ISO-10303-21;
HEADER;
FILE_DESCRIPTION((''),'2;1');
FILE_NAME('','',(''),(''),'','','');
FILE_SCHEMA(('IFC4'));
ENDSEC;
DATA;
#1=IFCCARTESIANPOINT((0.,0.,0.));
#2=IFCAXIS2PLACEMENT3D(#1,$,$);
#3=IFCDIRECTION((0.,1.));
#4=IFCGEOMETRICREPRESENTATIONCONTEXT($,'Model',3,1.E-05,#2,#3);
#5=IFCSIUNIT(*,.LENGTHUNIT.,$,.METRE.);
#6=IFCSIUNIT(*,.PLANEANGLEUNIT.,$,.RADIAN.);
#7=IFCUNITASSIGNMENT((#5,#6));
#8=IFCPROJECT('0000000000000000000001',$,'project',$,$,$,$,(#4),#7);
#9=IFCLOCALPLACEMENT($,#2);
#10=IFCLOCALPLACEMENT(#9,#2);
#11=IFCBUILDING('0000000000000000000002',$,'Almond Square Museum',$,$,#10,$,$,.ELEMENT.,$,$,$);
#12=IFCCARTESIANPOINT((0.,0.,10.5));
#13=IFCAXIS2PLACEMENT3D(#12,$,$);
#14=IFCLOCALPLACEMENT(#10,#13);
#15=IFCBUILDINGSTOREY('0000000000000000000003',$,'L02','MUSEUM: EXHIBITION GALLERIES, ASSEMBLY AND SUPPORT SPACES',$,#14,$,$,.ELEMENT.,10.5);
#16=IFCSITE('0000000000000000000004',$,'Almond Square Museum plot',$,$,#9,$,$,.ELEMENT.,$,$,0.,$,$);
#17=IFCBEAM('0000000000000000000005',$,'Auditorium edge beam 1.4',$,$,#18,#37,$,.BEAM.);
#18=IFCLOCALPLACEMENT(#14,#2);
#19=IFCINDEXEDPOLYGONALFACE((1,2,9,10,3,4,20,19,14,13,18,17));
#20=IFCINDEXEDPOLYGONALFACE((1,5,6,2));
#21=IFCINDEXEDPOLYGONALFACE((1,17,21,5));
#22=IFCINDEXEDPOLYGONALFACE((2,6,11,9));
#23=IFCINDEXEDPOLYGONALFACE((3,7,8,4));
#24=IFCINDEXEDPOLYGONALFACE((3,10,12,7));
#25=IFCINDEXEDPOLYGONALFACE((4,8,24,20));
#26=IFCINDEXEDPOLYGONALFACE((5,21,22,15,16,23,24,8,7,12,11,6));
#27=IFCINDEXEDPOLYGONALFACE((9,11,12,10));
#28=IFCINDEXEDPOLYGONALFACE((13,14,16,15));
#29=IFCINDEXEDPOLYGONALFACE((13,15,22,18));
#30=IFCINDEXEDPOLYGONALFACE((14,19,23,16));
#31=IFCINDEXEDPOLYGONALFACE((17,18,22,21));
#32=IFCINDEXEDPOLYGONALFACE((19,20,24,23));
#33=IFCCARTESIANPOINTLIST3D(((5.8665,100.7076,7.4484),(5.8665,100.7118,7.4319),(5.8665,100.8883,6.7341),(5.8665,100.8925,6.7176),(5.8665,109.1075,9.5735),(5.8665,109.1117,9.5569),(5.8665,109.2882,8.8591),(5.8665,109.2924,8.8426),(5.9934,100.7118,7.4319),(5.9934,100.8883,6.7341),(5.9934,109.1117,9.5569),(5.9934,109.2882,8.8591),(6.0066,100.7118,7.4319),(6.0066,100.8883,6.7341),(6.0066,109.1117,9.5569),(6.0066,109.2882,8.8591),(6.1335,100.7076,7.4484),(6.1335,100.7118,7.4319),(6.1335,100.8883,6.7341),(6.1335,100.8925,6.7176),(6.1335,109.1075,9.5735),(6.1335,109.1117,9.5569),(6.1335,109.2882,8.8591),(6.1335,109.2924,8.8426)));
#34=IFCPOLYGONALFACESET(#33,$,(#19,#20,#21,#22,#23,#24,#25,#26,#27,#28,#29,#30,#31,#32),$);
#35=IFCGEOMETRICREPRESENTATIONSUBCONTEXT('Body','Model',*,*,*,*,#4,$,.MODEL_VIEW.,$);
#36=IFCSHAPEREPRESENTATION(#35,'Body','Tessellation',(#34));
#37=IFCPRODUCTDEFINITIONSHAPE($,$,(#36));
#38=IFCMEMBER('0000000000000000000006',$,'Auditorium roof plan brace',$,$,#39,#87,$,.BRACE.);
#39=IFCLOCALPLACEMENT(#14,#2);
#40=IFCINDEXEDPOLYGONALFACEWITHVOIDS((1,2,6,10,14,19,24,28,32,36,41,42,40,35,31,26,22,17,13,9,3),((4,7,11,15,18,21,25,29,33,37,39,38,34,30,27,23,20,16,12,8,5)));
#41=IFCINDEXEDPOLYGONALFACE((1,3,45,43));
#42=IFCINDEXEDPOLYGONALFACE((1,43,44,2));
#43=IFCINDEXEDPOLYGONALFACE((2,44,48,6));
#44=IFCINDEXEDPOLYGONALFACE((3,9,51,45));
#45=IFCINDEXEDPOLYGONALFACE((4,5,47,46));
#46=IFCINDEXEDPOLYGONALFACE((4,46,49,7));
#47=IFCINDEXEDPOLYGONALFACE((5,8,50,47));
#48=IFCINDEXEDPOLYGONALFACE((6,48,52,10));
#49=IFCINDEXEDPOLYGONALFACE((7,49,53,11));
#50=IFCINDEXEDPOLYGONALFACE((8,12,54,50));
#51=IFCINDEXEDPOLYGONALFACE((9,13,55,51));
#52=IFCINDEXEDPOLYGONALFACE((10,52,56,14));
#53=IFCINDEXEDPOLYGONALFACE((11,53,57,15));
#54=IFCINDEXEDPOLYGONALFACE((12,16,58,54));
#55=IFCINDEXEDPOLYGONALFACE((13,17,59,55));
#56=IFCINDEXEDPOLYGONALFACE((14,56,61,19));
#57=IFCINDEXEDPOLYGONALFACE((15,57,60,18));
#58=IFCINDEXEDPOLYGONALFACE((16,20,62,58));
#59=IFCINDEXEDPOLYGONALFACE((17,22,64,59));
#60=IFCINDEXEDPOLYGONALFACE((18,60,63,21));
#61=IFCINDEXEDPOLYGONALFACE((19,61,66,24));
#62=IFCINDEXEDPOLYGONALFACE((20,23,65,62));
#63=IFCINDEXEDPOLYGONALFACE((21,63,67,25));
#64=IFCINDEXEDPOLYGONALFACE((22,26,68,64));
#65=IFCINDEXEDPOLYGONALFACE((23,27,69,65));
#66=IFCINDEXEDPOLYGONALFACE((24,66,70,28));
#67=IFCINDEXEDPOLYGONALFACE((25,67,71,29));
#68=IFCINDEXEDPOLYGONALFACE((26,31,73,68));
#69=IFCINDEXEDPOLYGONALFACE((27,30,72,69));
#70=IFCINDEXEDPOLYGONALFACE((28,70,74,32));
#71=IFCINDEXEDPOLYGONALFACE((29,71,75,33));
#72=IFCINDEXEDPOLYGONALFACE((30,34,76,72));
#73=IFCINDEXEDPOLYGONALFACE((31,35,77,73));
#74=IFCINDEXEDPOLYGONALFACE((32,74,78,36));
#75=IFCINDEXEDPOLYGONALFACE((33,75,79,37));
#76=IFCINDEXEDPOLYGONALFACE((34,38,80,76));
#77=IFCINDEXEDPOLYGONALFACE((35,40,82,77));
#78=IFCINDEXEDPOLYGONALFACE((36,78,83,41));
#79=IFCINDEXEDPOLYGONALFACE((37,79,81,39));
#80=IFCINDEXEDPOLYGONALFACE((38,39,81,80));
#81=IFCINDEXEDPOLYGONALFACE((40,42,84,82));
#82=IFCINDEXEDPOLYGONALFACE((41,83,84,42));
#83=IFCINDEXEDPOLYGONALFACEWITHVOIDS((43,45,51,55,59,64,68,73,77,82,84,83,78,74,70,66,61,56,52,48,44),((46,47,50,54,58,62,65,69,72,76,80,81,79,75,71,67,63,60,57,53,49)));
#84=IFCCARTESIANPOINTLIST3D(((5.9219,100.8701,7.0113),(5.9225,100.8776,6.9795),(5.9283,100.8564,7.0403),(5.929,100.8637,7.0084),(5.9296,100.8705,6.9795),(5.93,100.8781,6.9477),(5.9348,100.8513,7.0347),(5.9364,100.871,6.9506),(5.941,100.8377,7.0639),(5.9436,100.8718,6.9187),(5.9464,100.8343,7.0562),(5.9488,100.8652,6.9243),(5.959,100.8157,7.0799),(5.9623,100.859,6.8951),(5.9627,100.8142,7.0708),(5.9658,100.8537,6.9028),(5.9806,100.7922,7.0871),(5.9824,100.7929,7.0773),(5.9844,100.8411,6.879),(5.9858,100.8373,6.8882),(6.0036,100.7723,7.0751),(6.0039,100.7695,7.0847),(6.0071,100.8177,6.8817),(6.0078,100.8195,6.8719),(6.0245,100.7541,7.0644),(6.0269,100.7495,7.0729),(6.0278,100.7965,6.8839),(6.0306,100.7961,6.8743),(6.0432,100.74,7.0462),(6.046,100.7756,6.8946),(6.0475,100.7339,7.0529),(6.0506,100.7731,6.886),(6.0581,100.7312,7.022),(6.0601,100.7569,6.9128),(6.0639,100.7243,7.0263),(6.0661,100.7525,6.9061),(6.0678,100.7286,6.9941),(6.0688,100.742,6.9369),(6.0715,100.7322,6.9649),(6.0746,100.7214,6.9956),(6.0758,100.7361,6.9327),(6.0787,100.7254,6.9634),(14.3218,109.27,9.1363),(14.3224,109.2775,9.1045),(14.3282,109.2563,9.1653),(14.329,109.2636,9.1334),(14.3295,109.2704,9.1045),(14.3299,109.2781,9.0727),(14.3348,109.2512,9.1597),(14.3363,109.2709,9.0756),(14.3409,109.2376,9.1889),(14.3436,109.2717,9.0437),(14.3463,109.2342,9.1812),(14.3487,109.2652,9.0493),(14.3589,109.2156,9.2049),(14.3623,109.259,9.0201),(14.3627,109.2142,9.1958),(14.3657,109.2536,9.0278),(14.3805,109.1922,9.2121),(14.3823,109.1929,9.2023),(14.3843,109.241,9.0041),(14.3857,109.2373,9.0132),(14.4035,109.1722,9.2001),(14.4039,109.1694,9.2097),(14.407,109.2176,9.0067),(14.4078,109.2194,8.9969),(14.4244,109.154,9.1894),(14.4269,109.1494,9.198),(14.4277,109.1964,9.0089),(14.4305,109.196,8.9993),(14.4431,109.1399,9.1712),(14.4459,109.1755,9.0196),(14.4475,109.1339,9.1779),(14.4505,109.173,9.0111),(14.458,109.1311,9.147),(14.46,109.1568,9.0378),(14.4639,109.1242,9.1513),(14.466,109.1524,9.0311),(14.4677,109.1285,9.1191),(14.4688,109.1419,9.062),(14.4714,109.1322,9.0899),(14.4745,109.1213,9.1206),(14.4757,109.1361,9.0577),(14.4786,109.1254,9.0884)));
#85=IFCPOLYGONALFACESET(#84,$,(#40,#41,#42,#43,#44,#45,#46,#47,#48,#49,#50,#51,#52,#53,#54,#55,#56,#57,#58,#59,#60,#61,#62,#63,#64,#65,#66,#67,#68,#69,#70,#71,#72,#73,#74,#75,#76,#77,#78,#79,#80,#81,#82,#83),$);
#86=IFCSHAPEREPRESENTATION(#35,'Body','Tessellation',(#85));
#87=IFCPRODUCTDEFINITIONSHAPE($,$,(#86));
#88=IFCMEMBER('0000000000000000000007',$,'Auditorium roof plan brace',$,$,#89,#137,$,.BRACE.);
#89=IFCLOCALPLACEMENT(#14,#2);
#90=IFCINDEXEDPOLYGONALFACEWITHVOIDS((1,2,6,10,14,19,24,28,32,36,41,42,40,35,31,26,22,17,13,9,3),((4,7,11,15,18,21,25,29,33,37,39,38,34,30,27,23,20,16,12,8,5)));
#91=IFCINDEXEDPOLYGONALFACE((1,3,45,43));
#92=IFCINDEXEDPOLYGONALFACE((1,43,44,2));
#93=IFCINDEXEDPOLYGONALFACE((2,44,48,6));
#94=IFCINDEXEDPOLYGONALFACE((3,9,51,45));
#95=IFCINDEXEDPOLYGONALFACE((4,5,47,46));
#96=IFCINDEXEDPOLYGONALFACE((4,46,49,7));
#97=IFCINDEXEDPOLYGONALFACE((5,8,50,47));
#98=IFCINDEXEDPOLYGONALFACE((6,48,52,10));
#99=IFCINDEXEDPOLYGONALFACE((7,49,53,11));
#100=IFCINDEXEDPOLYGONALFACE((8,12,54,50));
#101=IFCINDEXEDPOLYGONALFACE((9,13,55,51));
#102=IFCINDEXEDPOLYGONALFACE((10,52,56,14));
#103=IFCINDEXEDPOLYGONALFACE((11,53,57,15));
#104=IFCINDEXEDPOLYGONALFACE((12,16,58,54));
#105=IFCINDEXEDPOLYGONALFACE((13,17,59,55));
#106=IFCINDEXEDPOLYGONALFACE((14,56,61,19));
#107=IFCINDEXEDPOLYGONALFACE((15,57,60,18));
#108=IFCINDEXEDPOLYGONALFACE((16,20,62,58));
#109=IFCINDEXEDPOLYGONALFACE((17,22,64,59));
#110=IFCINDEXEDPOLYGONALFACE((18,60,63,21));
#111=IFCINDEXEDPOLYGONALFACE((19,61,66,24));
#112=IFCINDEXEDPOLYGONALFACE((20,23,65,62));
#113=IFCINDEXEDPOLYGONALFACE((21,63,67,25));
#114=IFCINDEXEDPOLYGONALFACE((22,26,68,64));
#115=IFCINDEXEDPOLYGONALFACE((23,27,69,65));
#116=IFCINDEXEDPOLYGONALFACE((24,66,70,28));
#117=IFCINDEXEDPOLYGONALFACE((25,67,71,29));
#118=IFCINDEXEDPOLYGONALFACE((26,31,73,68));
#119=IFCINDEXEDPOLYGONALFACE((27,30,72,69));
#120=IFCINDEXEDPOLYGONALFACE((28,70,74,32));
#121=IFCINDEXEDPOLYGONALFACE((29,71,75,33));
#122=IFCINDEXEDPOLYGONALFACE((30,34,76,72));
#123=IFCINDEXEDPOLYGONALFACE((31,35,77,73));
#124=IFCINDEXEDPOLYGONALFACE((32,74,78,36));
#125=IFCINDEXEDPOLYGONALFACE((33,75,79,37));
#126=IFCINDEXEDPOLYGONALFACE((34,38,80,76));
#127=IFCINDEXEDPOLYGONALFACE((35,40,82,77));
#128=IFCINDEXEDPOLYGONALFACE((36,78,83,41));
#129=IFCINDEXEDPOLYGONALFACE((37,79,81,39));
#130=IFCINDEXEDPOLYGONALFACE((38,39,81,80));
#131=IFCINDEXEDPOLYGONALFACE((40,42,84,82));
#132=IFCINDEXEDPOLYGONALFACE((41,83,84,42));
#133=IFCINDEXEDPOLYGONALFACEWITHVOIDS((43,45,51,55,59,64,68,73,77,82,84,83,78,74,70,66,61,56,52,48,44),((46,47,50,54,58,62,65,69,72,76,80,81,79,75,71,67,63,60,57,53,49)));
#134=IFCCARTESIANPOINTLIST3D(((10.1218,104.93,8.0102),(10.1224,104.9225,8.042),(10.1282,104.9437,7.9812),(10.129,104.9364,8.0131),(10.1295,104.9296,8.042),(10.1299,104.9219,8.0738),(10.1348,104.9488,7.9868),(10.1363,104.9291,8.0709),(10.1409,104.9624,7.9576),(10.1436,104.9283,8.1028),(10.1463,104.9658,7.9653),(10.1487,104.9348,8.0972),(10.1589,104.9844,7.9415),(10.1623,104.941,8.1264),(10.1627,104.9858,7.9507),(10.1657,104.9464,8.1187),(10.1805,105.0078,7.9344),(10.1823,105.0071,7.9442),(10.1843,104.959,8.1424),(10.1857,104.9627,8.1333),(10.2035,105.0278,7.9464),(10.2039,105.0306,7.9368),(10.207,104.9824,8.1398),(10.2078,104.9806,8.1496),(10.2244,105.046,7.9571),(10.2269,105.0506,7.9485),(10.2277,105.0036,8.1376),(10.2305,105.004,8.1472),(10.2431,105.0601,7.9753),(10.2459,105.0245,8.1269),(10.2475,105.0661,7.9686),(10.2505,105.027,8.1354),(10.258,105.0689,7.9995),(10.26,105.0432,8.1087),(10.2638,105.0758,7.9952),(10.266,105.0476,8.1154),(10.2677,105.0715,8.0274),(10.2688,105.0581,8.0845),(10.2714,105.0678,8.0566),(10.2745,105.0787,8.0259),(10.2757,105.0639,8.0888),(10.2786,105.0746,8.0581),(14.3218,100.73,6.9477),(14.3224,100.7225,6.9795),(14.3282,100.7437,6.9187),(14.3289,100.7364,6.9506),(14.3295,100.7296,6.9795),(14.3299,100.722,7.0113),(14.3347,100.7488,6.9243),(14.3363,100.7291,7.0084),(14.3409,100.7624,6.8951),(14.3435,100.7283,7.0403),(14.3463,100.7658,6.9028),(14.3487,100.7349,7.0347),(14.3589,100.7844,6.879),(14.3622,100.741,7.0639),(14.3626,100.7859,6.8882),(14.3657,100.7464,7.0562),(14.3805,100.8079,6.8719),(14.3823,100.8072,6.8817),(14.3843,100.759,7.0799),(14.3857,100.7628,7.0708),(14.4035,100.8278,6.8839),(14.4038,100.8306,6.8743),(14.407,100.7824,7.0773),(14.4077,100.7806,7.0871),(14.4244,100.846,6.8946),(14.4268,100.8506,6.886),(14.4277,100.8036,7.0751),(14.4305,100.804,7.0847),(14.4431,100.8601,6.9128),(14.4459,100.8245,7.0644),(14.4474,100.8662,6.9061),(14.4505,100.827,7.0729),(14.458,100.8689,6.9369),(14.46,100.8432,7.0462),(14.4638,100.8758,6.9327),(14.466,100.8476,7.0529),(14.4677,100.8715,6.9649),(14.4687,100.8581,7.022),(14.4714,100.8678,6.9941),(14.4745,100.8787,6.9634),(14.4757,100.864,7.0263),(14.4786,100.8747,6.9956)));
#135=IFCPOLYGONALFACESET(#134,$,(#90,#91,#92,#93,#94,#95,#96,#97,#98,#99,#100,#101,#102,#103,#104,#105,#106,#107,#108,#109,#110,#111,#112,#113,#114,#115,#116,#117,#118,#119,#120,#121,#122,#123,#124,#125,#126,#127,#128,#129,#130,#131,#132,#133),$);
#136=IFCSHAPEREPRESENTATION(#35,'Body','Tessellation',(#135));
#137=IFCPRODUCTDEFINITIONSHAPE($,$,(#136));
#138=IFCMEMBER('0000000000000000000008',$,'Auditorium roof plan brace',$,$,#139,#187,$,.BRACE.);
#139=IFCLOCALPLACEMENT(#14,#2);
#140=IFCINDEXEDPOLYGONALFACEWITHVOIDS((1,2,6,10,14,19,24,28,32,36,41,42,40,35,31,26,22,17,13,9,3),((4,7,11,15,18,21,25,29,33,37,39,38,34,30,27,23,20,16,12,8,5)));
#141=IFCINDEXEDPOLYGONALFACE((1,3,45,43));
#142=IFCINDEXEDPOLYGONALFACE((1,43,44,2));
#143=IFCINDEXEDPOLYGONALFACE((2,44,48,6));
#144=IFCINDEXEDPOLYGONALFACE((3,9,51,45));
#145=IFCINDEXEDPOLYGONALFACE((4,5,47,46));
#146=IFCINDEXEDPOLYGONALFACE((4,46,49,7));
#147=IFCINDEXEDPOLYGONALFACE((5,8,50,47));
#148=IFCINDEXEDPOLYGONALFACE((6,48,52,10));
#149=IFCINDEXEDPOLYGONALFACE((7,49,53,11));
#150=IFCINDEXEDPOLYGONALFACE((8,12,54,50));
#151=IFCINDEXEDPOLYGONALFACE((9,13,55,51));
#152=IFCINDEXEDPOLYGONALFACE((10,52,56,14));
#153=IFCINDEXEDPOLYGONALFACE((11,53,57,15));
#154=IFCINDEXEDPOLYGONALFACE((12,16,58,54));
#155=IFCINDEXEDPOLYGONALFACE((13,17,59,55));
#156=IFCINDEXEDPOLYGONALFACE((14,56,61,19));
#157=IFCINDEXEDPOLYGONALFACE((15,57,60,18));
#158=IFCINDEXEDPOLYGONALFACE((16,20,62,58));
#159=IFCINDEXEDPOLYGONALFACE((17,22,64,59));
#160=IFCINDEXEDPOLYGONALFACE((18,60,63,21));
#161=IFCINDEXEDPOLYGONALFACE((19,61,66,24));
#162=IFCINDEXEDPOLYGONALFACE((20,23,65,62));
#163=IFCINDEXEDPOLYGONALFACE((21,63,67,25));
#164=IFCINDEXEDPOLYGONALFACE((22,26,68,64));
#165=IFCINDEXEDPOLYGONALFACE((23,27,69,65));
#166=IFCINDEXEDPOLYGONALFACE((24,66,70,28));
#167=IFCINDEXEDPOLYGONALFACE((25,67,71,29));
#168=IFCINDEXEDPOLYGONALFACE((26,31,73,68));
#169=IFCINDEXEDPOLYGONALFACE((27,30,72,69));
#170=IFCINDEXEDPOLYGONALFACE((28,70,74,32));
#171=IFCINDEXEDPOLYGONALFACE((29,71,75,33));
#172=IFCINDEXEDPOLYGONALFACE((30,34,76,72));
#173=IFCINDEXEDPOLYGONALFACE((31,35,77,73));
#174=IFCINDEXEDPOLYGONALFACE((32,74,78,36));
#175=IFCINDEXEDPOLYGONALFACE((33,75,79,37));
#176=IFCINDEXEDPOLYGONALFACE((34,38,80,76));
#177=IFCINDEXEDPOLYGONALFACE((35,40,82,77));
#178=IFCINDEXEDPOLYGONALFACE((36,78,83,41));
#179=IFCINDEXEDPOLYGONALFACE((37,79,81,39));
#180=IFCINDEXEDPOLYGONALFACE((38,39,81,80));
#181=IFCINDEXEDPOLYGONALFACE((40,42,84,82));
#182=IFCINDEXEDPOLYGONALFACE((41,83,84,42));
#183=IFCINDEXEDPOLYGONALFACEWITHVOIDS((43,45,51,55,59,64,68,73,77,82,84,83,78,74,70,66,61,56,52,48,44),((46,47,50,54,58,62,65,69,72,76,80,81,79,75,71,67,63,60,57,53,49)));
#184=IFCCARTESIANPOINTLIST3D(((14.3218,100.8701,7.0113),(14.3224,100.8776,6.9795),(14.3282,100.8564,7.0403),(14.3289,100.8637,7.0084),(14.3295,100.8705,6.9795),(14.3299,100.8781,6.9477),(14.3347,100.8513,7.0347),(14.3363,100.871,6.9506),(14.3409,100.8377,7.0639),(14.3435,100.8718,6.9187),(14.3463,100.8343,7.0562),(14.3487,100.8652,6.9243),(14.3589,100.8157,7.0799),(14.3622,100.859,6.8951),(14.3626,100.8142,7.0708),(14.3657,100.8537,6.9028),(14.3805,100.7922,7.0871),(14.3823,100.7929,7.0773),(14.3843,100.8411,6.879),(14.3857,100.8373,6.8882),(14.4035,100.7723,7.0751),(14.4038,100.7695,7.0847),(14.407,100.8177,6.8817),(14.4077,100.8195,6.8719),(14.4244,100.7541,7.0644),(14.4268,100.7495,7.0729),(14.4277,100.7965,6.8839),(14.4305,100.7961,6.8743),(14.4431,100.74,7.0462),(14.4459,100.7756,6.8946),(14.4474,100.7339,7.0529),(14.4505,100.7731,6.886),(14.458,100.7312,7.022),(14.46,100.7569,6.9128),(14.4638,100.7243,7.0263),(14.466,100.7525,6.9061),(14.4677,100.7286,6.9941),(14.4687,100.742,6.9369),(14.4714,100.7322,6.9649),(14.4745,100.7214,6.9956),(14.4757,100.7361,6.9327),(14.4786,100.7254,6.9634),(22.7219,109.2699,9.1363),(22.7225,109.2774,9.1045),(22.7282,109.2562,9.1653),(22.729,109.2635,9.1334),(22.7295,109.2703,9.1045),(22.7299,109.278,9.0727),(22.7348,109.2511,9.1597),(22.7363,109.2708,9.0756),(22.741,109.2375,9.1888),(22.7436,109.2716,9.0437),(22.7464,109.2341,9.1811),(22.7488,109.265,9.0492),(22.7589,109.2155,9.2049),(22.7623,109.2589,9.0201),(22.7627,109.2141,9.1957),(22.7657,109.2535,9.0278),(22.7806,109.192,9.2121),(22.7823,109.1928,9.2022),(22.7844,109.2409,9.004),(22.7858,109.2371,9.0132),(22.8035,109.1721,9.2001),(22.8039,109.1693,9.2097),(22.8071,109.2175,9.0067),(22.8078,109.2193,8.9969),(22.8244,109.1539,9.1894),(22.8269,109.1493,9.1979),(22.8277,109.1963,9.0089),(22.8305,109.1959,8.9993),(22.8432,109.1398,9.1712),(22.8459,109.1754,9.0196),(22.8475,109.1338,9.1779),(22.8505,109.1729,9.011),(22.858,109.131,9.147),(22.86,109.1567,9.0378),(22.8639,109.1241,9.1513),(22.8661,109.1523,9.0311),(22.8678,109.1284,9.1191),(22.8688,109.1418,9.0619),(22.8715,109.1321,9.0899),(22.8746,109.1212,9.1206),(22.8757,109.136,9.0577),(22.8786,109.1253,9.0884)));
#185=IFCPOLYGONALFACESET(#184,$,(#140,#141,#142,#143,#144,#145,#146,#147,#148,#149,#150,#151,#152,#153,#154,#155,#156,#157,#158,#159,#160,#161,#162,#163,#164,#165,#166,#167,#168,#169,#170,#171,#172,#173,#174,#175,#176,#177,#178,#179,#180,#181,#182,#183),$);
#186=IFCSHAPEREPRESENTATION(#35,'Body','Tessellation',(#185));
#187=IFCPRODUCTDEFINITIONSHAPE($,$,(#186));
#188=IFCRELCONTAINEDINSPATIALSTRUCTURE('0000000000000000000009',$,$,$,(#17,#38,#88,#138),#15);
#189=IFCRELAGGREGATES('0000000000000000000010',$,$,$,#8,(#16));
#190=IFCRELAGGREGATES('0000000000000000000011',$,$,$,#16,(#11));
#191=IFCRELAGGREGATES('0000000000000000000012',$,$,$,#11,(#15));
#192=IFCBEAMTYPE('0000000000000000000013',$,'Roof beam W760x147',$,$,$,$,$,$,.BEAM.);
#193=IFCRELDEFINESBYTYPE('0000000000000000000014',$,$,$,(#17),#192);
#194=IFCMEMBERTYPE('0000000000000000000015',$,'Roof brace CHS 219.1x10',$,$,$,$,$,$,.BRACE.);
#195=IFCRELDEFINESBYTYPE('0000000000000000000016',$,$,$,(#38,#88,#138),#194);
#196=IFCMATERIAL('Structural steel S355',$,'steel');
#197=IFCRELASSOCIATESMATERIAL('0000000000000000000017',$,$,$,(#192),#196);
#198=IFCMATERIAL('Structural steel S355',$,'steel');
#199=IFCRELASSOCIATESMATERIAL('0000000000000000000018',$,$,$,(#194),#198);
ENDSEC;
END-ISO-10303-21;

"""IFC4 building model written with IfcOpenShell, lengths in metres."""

from ifc_helpers import new_model, si_unit, direction, frame, origin, origin_2d, place, context, subcontext, project, spatial, hollow_circle, i_section, extrude, material, material_profile, profile_set, type_object, element, save


model = new_model("IFC4")

# Units and contexts
model_context = context("Model", 3, precision=1e-05, world=origin(), true_north=direction((0.0, 1.0)))
body_context = subcontext(model_context, "Body", "Model", "MODEL_VIEW")
ifc_project = project(units=[si_unit("LENGTHUNIT", "METRE"), si_unit("PLANEANGLEUNIT", "RADIAN")], contexts=[model_context])

# Site, building, storey
site_placement = place(None, origin())
site = spatial("IfcSite", under=ifc_project, at=site_placement, Name="Almond Square Museum plot", CompositionType="ELEMENT", RefElevation=0.0)
building_placement = place(site_placement, origin())
building = spatial("IfcBuilding", under=site, at=building_placement, Name="Almond Square Museum", CompositionType="ELEMENT")
storey_placement = place(building_placement, frame((0.0, 0.0, 10.5)))
storey = spatial("IfcBuildingStorey", under=building, at=storey_placement, Name="L02", Description="MUSEUM: EXHIBITION GALLERIES, ASSEMBLY AND SUPPORT SPACES", CompositionType="ELEMENT", Elevation=10.5)

# Beam
ifc_material_1 = material(Name="Structural steel S355", Category="steel")
ifc_material_profile_1 = material_profile(ifc_material_1, i_section(OverallWidth=0.2671, OverallDepth=0.7539, WebThickness=0.0132, FlangeThickness=0.0171, at=origin_2d()))
ifc_profile_set_1 = profile_set([ifc_material_profile_1], Name="Structural steel S355")
beam_type = type_object("IfcBeamType", Name="Roof beam W760x147", PredefinedType="BEAM", material=ifc_profile_set_1)
beam_placement = place(storey_placement, frame((6.0, 100.8, 7.083), z_axis=(0.0, 0.969459, 0.245253), x_axis=(-1.0, 0.0, 0.0)))
element("IfcBeam", 1, at=beam_placement, inside=storey, type_object=beam_type, Name="Auditorium edge beam 1.4", PredefinedType="BEAM", context=body_context, shape_type="SweptSolid", body=[
    extrude(i_section(OverallWidth=0.2671, OverallDepth=0.7539, WebThickness=0.0132, FlangeThickness=0.0171, at=origin_2d()), origin(), (0.0, 0.0, 1.0), 8.6646),
])

# Members
ifc_material_2 = material(Name="Structural steel S355", Category="steel")
ifc_material_profile_2 = material_profile(ifc_material_2, hollow_circle(Radius=0.1096, WallThickness=0.01, at=origin_2d()))
ifc_profile_set_2 = profile_set([ifc_material_profile_2], Name="Structural steel S355")
member_type_1 = type_object("IfcMemberType", Name="Roof brace CHS 219.1x10", PredefinedType="BRACE", material=ifc_profile_set_2)
member_1_placement = place(storey_placement, frame((6.0, 100.8, 6.9795), z_axis=(0.696058, 0.696058, 0.176088), x_axis=(-0.707107, 0.707107, 0.0)))
element("IfcMember", 2, at=member_1_placement, inside=storey, type_object=member_type_1, Name="Auditorium roof plan brace", PredefinedType="BRACE", context=body_context, shape_type="SweptSolid", body=[
    extrude(hollow_circle(Radius=0.1096, WallThickness=0.01, at=origin_2d()), origin(), (0.0, 0.0, 1.0), 12.0679),
])
member_2_placement = place(storey_placement, frame((14.3999, 100.8, 6.9795), z_axis=(-0.696058, 0.696058, 0.176088), x_axis=(-0.707107, -0.707107, 0.0)))
element("IfcMember", 3, at=member_2_placement, inside=storey, type_object=member_type_1, Name="Auditorium roof plan brace", PredefinedType="BRACE", context=body_context, shape_type="SweptSolid", body=[
    extrude(hollow_circle(Radius=0.1096, WallThickness=0.01, at=origin_2d()), origin(), (0.0, 0.0, 1.0), 6.0339),
])
member_3_placement = place(storey_placement, frame((14.3999, 100.8, 6.9795), z_axis=(0.696068, 0.696048, 0.176086), x_axis=(-0.707097, 0.707117, 0.0)))
element("IfcMember", 4, at=member_3_placement, inside=storey, type_object=member_type_1, Name="Auditorium roof plan brace", PredefinedType="BRACE", context=body_context, shape_type="SweptSolid", body=[
    extrude(hollow_circle(Radius=0.1096, WallThickness=0.01, at=origin_2d()), origin(), (0.0, 0.0, 1.0), 12.0679),
])

save(model, "model.ifc")
